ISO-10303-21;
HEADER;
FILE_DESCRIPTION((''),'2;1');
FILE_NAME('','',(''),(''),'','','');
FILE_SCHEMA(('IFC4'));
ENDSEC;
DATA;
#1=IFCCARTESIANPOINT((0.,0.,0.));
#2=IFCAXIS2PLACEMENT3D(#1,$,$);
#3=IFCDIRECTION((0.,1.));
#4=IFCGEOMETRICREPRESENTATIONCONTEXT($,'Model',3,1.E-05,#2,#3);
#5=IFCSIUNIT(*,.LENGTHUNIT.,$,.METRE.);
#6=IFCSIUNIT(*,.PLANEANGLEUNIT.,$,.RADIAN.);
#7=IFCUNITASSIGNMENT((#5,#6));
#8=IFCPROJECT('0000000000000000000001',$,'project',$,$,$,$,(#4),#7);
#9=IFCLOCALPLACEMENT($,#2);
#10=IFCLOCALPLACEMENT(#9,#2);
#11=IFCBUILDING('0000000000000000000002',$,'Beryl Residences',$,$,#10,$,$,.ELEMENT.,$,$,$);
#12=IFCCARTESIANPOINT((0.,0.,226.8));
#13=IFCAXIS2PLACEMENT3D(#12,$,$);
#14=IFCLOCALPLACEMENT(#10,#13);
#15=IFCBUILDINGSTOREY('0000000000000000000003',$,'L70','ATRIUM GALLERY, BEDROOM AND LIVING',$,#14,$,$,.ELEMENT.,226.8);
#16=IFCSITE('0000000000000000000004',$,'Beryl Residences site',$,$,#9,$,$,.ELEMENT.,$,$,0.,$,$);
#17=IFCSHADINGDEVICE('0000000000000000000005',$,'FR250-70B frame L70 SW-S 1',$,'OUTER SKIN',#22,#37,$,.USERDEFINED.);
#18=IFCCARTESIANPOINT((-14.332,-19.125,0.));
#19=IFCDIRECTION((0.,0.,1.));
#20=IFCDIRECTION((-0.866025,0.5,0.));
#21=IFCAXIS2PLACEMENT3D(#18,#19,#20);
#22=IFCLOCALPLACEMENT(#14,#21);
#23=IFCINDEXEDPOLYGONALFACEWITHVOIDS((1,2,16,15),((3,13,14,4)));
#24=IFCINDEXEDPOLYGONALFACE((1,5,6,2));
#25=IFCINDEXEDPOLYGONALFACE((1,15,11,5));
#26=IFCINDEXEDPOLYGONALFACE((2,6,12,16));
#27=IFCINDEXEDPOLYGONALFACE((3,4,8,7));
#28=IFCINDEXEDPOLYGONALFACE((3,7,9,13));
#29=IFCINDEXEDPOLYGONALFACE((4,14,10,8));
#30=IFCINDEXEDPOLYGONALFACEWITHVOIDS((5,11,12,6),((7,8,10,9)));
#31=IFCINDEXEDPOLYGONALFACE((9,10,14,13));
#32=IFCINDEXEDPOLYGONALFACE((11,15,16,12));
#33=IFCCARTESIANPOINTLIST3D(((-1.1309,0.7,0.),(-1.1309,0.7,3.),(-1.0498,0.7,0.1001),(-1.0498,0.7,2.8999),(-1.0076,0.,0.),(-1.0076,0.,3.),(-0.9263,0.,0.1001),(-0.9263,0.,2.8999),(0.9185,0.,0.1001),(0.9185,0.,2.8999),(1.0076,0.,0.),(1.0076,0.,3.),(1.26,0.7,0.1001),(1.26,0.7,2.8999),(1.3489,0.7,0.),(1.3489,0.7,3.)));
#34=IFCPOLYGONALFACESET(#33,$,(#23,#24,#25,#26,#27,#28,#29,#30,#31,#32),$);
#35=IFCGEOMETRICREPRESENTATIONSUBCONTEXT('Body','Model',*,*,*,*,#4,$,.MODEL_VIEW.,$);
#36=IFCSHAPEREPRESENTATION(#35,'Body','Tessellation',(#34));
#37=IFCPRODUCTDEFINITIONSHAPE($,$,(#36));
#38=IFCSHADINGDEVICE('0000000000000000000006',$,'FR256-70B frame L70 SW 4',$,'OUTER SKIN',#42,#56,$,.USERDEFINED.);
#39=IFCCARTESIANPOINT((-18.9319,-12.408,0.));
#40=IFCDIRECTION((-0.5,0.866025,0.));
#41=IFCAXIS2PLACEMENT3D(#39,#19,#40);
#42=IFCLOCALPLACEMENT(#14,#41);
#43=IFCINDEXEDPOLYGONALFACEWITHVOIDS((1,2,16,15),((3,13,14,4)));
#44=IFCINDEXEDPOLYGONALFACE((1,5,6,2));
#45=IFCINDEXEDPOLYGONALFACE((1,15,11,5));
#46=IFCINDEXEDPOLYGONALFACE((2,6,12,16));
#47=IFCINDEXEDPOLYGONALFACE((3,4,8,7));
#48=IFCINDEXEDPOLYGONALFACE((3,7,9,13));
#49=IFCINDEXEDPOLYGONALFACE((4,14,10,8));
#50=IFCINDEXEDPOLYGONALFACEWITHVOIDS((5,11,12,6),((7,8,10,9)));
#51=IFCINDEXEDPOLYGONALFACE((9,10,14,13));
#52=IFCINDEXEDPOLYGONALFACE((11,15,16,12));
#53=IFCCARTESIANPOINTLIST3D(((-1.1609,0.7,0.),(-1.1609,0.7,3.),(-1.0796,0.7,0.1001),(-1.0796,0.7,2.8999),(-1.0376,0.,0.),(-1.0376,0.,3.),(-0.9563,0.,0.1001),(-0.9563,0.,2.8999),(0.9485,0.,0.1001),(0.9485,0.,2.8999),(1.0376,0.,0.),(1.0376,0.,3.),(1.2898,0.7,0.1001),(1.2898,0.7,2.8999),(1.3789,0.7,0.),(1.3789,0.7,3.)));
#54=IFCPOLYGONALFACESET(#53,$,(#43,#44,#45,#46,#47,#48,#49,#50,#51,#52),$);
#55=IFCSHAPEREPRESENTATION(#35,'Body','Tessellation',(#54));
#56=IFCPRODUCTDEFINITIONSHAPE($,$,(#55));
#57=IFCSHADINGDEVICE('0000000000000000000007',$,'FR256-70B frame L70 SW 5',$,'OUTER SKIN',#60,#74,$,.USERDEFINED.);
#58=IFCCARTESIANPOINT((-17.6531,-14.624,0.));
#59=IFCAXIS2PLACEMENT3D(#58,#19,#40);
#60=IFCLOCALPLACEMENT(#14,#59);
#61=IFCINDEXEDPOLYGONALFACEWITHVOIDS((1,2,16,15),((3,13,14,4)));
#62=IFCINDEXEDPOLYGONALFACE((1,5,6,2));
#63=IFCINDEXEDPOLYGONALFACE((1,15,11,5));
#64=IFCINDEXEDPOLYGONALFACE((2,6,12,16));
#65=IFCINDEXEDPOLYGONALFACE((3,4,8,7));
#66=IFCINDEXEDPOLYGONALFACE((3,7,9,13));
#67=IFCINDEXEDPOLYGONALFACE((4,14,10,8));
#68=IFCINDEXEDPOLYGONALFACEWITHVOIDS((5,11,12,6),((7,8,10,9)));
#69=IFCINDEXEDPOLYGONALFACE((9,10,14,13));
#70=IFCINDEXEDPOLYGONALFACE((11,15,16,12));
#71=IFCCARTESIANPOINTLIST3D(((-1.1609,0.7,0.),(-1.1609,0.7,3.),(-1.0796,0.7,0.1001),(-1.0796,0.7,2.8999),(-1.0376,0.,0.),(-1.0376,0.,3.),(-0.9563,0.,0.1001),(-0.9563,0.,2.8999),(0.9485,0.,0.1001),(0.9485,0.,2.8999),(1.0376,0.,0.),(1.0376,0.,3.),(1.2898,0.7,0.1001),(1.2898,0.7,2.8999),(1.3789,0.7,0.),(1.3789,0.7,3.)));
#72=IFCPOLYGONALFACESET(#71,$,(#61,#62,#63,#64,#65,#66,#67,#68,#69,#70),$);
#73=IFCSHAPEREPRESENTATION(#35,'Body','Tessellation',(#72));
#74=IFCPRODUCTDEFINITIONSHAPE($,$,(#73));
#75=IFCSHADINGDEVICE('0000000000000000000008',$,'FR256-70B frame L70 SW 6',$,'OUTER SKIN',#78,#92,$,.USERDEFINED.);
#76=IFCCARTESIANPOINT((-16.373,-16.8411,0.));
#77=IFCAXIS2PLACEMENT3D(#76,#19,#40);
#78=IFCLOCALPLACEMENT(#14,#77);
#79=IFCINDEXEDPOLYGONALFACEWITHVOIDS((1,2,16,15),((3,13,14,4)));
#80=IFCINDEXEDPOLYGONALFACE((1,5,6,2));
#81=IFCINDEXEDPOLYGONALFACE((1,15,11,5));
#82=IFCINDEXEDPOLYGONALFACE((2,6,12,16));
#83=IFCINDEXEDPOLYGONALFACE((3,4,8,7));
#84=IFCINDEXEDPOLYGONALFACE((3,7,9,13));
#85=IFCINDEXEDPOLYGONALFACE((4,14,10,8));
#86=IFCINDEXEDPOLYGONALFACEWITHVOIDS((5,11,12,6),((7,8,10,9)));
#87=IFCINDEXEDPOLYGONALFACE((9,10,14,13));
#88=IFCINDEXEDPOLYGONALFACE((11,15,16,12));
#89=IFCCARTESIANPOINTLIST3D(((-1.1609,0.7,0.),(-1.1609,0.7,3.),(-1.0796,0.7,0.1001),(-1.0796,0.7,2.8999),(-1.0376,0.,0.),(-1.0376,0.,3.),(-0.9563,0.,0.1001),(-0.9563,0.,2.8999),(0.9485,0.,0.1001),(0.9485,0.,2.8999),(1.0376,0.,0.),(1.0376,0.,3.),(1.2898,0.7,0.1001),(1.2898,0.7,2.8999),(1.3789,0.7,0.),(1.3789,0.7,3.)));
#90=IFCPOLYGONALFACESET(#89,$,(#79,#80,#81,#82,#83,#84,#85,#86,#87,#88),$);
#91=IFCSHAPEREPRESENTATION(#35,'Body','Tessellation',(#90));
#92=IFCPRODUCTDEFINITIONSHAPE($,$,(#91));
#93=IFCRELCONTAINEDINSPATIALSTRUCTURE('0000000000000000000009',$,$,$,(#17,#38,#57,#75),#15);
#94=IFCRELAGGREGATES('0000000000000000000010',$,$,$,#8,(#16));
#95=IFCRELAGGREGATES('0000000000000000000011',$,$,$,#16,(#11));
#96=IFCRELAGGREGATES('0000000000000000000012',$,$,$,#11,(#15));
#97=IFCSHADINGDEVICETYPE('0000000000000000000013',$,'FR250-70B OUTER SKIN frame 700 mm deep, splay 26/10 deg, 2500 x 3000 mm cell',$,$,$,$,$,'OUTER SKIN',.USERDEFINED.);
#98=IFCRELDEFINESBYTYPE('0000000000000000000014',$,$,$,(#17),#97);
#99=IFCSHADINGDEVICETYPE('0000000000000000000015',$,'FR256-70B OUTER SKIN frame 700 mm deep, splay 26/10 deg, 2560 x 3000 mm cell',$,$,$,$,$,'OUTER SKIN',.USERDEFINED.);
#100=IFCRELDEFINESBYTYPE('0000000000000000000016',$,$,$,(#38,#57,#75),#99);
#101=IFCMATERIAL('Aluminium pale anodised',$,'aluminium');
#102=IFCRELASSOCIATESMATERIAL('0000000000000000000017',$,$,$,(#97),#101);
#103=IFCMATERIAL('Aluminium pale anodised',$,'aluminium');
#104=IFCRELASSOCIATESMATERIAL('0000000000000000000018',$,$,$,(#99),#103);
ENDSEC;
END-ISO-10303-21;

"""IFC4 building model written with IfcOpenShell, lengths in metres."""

from ifc_helpers import new_model, entity, si_unit, direction, frame, origin, place, context, subcontext, project, spatial, source, transform, mapped, material, type_object, type_shapes, element, save


model = new_model("IFC4")

# Units and contexts
model_context = context("Model", 3, precision=1e-05, world=origin(), true_north=direction((0.0, 1.0)))
body_context = subcontext(model_context, "Body", "Model", "MODEL_VIEW")
ifc_project = project(units=[si_unit("LENGTHUNIT", "METRE"), si_unit("PLANEANGLEUNIT", "RADIAN")], contexts=[model_context])

# Site, building, storey
site_placement = place(None, origin())
site = spatial("IfcSite", under=ifc_project, at=site_placement, Name="Beryl Residences site", CompositionType="ELEMENT", RefElevation=0.0)
building_placement = place(site_placement, origin())
building = spatial("IfcBuilding", under=site, at=building_placement, Name="Beryl Residences", CompositionType="ELEMENT")
storey_placement = place(building_placement, frame((0.0, 0.0, 226.8)))
storey = spatial("IfcBuildingStorey", under=building, at=storey_placement, Name="L70", Description="ATRIUM GALLERY, BEDROOM AND LIVING", CompositionType="ELEMENT", Elevation=226.8)

# Shading devices
ifc_material_1 = material(Name="Aluminium pale anodised", Category="aluminium")
shading_device_type_1 = type_object("IfcShadingDeviceType", Name="FR250-70B OUTER SKIN frame 700 mm deep, splay 26/10 deg, 2500 x 3000 mm cell", ElementType="OUTER SKIN", PredefinedType="USERDEFINED", material=ifc_material_1)
cartesian_point_1 = entity("IfcCartesianPoint", [-1.0076, 0.0])
cartesian_point_2 = entity("IfcCartesianPoint", [-0.9185, 0.1001])
cartesian_point_3 = entity("IfcCartesianPoint", [-1.3489, 0.0])
cartesian_point_4 = entity("IfcCartesianPoint", [-1.26, 0.1001])
shared_shape_1 = source(origin(), body_context, "Body", "SweptSolid", [
    entity("IfcExtrudedAreaSolidTapered", entity("IfcArbitraryProfileDefWithVoids", "AREA", None, entity("IfcPolyline", [cartesian_point_1, entity("IfcCartesianPoint", [1.0076, 0.0]), entity("IfcCartesianPoint", [1.0076, 3.0]), entity("IfcCartesianPoint", [-1.0076, 3.0]), cartesian_point_1]), [entity("IfcPolyline", [cartesian_point_2, entity("IfcCartesianPoint", [0.9263, 0.1001]), entity("IfcCartesianPoint", [0.9263, 2.8999]), entity("IfcCartesianPoint", [-0.9185, 2.8999]), cartesian_point_2])]), entity("IfcAxis2Placement3D", entity("IfcCartesianPoint", [0.0, 0.0, 0.0]), entity("IfcDirection", [0.0, 1.0, 0.0]), entity("IfcDirection", [-1.0, 0.0, 0.0])), entity("IfcDirection", [0.0, 0.0, 1.0]), 0.7, entity("IfcArbitraryProfileDefWithVoids", "AREA", None, entity("IfcPolyline", [cartesian_point_3, entity("IfcCartesianPoint", [1.1309, 0.0]), entity("IfcCartesianPoint", [1.1309, 3.0]), entity("IfcCartesianPoint", [-1.3489, 3.0]), cartesian_point_3]), [entity("IfcPolyline", [cartesian_point_4, entity("IfcCartesianPoint", [1.0498, 0.1001]), entity("IfcCartesianPoint", [1.0498, 2.8999]), entity("IfcCartesianPoint", [-1.26, 2.8999]), cartesian_point_4])])),
])
type_shapes(shading_device_type_1, [shared_shape_1])
shading_device_placement = place(storey_placement, frame((-14.332, -19.125, 0.0), z_axis=(0.0, 0.0, 1.0), x_axis=(-0.866025, 0.5, 0.0)))
element("IfcShadingDevice", 1, at=shading_device_placement, inside=storey, type_object=shading_device_type_1, Name="FR250-70B frame L70 SW-S 1", ObjectType="OUTER SKIN", PredefinedType="USERDEFINED", context=body_context, shape_type="MappedRepresentation", body=[
    mapped(shared_shape_1, transform((0.0, 0.0, 0.0))),
])
ifc_material_2 = material(Name="Aluminium pale anodised", Category="aluminium")
shading_device_type_2 = type_object("IfcShadingDeviceType", Name="FR256-70B OUTER SKIN frame 700 mm deep, splay 26/10 deg, 2560 x 3000 mm cell", ElementType="OUTER SKIN", PredefinedType="USERDEFINED", material=ifc_material_2)
cartesian_point_5 = entity("IfcCartesianPoint", [-1.0376, 0.0])
cartesian_point_6 = entity("IfcCartesianPoint", [-0.9485, 0.1001])
cartesian_point_7 = entity("IfcCartesianPoint", [-1.3789, 0.0])
cartesian_point_8 = entity("IfcCartesianPoint", [-1.2898, 0.1001])
shared_shape_2 = source(origin(), body_context, "Body", "SweptSolid", [
    entity("IfcExtrudedAreaSolidTapered", entity("IfcArbitraryProfileDefWithVoids", "AREA", None, entity("IfcPolyline", [cartesian_point_5, entity("IfcCartesianPoint", [1.0376, 0.0]), entity("IfcCartesianPoint", [1.0376, 3.0]), entity("IfcCartesianPoint", [-1.0376, 3.0]), cartesian_point_5]), [entity("IfcPolyline", [cartesian_point_6, entity("IfcCartesianPoint", [0.9563, 0.1001]), entity("IfcCartesianPoint", [0.9563, 2.8999]), entity("IfcCartesianPoint", [-0.9485, 2.8999]), cartesian_point_6])]), entity("IfcAxis2Placement3D", entity("IfcCartesianPoint", [0.0, 0.0, 0.0]), entity("IfcDirection", [0.0, 1.0, 0.0]), entity("IfcDirection", [-1.0, 0.0, 0.0])), entity("IfcDirection", [0.0, 0.0, 1.0]), 0.7, entity("IfcArbitraryProfileDefWithVoids", "AREA", None, entity("IfcPolyline", [cartesian_point_7, entity("IfcCartesianPoint", [1.1609, 0.0]), entity("IfcCartesianPoint", [1.1609, 3.0]), entity("IfcCartesianPoint", [-1.3789, 3.0]), cartesian_point_7]), [entity("IfcPolyline", [cartesian_point_8, entity("IfcCartesianPoint", [1.0796, 0.1001]), entity("IfcCartesianPoint", [1.0796, 2.8999]), entity("IfcCartesianPoint", [-1.2898, 2.8999]), cartesian_point_8])])),
])
type_shapes(shading_device_type_2, [shared_shape_2])
for number, where, z_axis, x_axis, name in (
    (2, (-18.9319, -12.408, 0.0), (0.0, 0.0, 1.0), (-0.5, 0.866025, 0.0), "FR256-70B frame L70 SW 4"),
    (3, (-17.6531, -14.624, 0.0), (0.0, 0.0, 1.0), (-0.5, 0.866025, 0.0), "FR256-70B frame L70 SW 5"),
    (4, (-16.373, -16.8411, 0.0), (0.0, 0.0, 1.0), (-0.5, 0.866025, 0.0), "FR256-70B frame L70 SW 6"),
):
    element("IfcShadingDevice", number, at=place(storey_placement, frame(where, z_axis=z_axis, x_axis=x_axis)), inside=storey, type_object=shading_device_type_2, Name=name, ObjectType="OUTER SKIN", PredefinedType="USERDEFINED", context=body_context, shape_type="MappedRepresentation", body=[
        mapped(shared_shape_2, transform((0.0, 0.0, 0.0))),
    ])

save(model, "model.ifc")
